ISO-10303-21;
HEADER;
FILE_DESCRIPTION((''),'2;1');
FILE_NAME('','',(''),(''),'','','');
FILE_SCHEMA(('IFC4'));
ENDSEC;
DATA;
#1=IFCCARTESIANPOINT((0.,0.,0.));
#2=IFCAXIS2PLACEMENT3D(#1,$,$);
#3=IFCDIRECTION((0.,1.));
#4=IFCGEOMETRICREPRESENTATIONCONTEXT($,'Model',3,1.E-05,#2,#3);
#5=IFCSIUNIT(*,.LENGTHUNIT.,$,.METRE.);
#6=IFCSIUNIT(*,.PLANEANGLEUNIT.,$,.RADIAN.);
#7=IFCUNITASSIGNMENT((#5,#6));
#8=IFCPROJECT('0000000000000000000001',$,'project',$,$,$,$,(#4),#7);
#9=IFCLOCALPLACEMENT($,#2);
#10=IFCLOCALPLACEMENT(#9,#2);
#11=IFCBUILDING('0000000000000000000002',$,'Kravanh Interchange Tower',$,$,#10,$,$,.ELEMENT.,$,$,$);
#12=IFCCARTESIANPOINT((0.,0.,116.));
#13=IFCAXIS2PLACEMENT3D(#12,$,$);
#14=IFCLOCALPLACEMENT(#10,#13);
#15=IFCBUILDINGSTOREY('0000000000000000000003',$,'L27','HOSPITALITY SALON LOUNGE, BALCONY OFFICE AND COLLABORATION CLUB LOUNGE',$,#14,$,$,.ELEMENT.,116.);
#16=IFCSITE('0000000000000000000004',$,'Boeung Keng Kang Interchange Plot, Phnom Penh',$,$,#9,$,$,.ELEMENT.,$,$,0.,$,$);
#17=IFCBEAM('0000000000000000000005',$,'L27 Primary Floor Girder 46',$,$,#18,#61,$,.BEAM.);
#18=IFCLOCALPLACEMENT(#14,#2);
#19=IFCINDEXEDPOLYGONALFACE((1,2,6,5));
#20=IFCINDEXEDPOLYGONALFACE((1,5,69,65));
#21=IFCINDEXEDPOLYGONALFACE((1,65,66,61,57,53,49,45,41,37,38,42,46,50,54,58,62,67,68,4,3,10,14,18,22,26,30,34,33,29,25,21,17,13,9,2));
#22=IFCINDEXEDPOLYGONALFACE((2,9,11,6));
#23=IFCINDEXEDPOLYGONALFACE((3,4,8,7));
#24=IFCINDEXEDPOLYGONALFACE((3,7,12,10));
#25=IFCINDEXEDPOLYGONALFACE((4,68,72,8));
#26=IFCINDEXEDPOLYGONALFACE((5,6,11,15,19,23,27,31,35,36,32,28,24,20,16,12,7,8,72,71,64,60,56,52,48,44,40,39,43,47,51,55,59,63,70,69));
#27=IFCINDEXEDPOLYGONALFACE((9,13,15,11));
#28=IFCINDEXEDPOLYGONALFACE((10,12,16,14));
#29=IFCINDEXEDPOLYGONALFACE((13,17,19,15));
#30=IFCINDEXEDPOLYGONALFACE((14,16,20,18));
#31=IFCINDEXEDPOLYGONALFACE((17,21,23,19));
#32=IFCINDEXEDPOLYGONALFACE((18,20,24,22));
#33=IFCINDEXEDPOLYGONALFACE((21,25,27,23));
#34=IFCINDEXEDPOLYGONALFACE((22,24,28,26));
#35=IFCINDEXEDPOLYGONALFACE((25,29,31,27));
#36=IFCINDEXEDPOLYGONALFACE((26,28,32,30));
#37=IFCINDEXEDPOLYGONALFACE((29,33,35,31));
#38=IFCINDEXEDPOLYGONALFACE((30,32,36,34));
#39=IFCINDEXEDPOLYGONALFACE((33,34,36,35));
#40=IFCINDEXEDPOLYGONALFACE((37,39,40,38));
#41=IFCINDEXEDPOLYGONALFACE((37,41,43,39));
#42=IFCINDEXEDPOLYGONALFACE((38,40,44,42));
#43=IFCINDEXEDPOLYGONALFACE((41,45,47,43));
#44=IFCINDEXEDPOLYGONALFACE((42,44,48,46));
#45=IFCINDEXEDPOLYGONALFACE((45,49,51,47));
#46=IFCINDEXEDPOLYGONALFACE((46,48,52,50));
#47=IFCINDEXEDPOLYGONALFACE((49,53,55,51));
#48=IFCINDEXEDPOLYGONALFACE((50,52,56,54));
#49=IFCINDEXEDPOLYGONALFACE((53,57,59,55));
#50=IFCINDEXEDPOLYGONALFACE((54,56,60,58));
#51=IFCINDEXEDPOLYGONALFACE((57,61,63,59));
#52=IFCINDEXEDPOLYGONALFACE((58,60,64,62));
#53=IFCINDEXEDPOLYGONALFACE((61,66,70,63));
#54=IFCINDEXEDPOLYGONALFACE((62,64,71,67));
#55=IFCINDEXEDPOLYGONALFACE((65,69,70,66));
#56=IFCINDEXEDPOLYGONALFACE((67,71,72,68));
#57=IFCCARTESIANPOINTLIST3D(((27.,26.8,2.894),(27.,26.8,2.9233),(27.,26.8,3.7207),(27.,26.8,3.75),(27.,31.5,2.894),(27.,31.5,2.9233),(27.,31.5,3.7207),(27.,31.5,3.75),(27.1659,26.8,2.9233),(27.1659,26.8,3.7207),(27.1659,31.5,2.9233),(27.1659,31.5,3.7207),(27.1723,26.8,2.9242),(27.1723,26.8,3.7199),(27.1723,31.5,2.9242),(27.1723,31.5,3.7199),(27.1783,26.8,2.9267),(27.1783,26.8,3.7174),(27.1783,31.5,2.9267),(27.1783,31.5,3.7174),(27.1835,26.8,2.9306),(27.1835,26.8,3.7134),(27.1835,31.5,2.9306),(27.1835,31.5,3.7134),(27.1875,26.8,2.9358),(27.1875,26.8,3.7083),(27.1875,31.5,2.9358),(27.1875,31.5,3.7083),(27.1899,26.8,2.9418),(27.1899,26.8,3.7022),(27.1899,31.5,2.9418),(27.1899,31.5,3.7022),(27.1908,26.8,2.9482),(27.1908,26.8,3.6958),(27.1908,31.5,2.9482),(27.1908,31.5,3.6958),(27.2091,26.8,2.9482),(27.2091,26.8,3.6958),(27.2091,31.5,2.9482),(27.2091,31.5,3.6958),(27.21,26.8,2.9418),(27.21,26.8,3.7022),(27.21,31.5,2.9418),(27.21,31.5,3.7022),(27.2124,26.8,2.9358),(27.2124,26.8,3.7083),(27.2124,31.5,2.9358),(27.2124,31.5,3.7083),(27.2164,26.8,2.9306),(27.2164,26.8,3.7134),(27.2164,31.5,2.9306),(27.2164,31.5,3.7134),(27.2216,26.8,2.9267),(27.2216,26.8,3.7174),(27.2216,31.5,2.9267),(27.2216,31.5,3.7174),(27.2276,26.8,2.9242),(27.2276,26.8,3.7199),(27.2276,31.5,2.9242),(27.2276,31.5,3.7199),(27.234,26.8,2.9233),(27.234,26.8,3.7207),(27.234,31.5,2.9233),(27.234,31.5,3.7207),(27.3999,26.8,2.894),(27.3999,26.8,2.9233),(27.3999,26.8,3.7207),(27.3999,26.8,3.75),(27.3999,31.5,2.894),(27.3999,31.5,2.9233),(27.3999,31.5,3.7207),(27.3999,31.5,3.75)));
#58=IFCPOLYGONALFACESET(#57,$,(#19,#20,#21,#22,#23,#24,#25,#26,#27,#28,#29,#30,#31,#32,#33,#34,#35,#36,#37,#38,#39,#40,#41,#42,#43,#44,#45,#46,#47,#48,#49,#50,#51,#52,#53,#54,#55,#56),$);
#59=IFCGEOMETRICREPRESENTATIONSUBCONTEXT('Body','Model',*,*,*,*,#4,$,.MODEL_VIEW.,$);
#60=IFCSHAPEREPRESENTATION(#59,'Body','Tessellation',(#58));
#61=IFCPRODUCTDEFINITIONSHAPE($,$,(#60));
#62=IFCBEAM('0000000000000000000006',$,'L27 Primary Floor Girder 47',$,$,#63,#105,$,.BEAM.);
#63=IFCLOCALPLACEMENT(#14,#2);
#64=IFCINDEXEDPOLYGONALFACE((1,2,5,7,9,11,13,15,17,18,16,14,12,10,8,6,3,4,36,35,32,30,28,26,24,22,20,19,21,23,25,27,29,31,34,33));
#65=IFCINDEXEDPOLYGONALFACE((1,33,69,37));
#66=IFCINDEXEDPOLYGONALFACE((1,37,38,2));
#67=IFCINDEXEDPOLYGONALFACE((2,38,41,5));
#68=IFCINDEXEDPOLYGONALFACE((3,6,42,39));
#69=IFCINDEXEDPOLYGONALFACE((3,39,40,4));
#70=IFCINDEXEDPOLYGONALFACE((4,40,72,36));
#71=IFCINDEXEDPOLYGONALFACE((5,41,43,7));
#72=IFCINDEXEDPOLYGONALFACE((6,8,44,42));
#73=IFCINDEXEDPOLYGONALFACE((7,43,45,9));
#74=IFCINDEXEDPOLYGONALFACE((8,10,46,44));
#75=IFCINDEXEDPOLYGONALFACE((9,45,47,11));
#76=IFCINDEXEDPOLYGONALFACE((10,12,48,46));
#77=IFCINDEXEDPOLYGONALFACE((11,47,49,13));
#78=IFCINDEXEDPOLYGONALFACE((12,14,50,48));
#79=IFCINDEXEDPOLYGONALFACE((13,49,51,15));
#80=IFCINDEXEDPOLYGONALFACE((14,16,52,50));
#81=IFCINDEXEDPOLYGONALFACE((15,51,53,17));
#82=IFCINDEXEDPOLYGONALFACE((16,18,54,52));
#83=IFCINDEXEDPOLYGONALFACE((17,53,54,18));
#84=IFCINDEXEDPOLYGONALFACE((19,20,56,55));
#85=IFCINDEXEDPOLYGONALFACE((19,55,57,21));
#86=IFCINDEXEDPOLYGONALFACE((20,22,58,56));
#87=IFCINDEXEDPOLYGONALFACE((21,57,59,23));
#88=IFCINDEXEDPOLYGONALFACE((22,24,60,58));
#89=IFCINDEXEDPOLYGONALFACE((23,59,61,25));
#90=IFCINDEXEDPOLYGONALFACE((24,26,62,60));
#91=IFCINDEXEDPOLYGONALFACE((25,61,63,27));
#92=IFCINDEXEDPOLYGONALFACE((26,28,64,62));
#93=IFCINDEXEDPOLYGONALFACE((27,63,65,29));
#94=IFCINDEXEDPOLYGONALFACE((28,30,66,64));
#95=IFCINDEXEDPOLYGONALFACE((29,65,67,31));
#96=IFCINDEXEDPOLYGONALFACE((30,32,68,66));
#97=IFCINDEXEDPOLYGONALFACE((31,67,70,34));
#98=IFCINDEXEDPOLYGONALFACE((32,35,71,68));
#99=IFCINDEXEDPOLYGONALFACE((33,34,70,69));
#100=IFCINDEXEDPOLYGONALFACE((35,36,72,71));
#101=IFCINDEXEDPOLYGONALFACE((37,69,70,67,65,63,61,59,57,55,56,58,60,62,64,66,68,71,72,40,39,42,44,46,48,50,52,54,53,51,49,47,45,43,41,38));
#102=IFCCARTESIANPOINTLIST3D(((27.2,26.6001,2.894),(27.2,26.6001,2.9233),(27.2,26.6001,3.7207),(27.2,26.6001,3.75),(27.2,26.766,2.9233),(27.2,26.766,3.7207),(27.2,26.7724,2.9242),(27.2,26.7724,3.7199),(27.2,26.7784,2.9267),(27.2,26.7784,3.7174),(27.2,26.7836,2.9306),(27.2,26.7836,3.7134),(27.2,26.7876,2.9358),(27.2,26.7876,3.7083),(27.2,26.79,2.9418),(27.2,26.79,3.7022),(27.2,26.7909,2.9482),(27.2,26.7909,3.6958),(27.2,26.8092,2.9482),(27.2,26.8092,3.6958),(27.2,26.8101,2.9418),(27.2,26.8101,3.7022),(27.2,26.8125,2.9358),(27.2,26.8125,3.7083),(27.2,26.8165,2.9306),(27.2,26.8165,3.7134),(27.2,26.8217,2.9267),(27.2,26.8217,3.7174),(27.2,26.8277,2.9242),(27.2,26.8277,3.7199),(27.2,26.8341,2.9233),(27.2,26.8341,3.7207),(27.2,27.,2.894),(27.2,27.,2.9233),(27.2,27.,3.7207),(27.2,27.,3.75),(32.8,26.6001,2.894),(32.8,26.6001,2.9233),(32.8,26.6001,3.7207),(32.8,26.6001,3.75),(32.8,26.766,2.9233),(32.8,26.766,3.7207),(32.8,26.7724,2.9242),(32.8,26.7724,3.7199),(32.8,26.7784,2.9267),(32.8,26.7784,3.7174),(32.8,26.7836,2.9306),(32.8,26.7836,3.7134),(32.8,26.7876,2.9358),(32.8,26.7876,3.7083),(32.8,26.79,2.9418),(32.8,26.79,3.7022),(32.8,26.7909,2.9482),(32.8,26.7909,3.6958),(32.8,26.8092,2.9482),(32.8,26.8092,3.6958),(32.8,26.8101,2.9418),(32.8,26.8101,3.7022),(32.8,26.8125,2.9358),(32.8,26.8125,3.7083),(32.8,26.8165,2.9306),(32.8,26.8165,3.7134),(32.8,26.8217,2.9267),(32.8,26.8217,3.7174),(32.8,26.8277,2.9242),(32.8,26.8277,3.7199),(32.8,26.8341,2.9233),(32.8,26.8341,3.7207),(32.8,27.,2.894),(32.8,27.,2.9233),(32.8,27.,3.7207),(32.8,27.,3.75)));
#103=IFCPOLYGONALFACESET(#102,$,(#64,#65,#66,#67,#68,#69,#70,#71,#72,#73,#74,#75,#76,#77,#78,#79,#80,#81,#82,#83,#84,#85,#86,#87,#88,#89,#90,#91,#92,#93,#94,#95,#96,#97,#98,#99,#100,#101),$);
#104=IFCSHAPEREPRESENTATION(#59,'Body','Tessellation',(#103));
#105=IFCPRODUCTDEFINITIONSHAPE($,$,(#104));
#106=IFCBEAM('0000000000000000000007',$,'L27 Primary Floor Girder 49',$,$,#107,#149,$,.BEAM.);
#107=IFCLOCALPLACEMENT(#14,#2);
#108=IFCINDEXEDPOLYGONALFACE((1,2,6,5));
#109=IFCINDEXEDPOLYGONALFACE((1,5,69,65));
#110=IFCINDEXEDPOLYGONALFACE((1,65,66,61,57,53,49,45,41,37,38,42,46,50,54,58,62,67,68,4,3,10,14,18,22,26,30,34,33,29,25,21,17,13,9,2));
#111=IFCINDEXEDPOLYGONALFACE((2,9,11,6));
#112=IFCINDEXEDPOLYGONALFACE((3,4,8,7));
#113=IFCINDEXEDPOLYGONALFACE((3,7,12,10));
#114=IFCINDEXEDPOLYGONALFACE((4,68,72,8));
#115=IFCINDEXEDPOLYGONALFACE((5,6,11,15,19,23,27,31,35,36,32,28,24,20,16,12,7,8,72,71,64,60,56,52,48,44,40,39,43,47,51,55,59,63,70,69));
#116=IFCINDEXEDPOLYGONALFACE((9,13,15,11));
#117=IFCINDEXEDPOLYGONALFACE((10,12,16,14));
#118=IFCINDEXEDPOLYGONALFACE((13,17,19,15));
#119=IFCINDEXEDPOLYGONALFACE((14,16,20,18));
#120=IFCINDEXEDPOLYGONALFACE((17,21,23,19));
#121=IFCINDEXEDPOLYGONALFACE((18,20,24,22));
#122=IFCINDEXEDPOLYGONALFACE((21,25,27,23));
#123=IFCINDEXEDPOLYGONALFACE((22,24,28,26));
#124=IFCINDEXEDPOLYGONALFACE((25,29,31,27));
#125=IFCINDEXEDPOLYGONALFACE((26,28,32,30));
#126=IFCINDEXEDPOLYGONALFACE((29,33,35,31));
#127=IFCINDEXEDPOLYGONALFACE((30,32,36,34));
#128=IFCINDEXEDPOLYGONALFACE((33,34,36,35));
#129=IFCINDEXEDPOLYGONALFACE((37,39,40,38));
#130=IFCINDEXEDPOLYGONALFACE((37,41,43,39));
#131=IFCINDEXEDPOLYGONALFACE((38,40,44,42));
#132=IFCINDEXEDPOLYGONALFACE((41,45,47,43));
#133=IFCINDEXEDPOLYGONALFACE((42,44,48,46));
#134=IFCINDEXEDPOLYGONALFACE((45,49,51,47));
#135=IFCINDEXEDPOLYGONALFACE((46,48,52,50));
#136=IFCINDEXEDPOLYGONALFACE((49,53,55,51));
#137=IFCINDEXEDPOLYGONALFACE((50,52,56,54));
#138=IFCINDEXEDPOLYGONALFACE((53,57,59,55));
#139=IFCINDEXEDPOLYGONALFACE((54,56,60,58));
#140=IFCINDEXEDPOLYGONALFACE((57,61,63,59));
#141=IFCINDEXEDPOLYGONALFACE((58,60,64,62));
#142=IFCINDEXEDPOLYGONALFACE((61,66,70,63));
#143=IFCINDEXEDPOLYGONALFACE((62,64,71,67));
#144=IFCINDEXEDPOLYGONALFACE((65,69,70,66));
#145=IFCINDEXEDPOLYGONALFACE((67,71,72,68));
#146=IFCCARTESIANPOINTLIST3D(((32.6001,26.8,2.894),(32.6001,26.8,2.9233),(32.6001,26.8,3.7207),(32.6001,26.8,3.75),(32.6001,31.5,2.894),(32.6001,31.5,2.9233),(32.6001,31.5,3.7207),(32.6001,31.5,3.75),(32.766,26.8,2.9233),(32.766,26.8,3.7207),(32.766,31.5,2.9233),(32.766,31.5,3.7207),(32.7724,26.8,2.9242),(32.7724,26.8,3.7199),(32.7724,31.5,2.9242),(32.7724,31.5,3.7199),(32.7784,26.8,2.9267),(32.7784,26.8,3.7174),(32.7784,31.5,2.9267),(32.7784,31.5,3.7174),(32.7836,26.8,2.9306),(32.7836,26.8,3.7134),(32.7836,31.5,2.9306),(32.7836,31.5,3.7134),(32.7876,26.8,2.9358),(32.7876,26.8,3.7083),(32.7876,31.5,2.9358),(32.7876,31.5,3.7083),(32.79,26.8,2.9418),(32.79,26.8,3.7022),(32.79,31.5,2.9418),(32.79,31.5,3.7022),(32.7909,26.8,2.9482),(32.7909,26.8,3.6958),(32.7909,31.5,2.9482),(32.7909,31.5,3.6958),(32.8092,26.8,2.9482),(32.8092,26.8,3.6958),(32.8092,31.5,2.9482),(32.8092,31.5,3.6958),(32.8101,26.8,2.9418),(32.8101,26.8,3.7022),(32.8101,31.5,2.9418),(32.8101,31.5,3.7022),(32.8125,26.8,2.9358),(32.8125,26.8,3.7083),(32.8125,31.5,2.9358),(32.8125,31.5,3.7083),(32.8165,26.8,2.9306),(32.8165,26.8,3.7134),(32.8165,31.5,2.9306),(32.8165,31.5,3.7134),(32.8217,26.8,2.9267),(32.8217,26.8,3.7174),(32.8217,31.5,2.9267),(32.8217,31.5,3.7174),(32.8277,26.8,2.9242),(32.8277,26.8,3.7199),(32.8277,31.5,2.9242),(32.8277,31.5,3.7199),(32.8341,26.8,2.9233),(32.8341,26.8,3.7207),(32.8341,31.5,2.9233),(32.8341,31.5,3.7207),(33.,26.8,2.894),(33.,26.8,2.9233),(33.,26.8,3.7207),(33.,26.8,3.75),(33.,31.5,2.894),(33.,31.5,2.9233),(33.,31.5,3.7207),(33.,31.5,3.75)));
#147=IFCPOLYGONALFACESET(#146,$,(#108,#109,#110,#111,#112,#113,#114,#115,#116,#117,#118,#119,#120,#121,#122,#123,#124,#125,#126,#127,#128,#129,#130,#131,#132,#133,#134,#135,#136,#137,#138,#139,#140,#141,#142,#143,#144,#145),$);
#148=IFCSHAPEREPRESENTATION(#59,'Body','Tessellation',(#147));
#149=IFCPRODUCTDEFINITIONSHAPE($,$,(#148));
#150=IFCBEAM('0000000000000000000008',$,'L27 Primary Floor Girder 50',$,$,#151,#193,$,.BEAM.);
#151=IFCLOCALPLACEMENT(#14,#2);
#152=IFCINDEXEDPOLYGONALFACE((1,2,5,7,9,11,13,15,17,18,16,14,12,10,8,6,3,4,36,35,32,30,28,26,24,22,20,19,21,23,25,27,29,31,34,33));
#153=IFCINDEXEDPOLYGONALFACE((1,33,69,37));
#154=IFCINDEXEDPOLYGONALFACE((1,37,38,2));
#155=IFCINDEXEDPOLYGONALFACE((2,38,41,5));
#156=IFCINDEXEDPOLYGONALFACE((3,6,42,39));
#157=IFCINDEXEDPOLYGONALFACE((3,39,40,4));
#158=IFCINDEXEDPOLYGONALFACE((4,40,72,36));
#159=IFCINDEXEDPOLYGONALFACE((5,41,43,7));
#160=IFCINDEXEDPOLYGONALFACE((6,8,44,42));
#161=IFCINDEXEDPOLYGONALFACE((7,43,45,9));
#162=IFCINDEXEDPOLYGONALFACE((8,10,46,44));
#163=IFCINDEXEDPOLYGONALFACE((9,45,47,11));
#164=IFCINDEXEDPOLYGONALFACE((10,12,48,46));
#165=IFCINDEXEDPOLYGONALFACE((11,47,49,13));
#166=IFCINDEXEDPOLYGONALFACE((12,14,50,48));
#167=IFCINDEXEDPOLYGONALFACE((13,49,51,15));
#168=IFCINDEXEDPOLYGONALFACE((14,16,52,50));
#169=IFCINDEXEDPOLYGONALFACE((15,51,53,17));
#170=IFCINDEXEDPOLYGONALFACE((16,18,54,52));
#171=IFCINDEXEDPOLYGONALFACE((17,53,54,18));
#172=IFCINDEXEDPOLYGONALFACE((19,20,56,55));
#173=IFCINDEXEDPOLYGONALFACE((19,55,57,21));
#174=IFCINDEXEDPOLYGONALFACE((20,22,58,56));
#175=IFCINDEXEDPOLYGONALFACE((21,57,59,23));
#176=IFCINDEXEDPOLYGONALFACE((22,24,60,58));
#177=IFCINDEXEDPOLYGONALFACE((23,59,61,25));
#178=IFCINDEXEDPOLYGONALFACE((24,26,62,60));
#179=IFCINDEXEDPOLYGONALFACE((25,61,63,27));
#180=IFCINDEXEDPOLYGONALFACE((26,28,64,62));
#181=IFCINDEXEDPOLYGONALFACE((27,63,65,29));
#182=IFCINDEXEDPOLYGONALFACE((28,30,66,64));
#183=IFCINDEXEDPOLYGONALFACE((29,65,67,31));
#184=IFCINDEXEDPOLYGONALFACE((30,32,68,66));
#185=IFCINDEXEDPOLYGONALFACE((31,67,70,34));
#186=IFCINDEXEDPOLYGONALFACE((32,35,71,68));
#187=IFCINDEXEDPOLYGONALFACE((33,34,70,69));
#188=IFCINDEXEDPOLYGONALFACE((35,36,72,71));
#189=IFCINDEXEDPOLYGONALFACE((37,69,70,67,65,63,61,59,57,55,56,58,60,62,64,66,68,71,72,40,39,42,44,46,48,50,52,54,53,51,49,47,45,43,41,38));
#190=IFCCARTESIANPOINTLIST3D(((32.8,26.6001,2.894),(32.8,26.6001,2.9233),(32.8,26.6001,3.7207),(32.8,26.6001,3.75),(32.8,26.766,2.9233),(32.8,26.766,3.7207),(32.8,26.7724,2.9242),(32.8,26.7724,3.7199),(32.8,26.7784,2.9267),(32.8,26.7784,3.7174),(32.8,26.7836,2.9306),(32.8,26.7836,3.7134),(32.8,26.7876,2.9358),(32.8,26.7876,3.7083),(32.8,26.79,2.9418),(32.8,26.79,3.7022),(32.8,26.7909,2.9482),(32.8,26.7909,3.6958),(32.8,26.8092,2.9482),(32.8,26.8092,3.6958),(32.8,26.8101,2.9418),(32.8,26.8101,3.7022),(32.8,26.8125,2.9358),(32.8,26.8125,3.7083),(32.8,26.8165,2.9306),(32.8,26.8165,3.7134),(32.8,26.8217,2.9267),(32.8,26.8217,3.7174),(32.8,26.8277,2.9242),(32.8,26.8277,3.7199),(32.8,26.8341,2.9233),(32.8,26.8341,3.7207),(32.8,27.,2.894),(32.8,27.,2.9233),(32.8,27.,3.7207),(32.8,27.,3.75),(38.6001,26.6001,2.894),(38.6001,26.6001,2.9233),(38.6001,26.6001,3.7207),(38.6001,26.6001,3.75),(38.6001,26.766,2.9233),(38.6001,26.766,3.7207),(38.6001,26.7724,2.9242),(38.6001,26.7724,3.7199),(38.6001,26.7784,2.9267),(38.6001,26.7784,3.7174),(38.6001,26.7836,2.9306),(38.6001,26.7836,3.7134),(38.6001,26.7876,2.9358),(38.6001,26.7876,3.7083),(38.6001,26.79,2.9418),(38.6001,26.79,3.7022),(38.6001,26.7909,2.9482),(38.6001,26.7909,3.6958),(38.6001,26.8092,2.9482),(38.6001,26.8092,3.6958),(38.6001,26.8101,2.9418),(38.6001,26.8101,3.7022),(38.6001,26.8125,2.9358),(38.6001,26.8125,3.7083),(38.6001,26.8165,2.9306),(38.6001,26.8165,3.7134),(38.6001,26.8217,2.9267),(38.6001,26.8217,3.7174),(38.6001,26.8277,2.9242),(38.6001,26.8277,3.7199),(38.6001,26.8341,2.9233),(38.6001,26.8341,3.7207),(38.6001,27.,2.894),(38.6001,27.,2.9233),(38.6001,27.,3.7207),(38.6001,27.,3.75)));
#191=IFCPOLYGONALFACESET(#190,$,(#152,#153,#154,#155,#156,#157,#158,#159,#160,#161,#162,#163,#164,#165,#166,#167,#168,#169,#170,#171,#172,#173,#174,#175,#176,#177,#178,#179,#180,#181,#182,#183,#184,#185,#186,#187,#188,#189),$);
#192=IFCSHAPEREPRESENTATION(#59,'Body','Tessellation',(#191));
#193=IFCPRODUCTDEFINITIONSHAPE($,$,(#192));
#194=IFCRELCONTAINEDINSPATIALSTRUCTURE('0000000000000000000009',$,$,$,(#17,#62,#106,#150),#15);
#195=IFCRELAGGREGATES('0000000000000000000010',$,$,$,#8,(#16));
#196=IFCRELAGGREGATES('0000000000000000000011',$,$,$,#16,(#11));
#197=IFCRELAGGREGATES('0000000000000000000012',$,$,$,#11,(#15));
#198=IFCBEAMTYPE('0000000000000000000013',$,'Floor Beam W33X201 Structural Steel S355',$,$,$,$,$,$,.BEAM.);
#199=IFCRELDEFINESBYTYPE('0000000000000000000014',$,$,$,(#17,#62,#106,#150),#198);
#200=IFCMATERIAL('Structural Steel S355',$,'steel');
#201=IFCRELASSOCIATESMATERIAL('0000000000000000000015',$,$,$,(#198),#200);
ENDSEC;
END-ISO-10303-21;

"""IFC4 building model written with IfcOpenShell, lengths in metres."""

from ifc_helpers import new_model, si_unit, direction, frame, origin, origin_2d, place, context, subcontext, project, spatial, i_section, extrude, material, material_profile, profile_set, type_object, element, save


model = new_model("IFC4")

# Units and contexts
model_context = context("Model", 3, precision=1e-05, world=origin(), true_north=direction((0.0, 1.0)))
body_context = subcontext(model_context, "Body", "Model", "MODEL_VIEW")
ifc_project = project(units=[si_unit("LENGTHUNIT", "METRE"), si_unit("PLANEANGLEUNIT", "RADIAN")], contexts=[model_context])

# Site, building, storey
site_placement = place(None, origin())
site = spatial("IfcSite", under=ifc_project, at=site_placement, Name="Boeung Keng Kang Interchange Plot, Phnom Penh", CompositionType="ELEMENT", RefElevation=0.0)
building_placement = place(site_placement, origin())
building = spatial("IfcBuilding", under=site, at=building_placement, Name="Kravanh Interchange Tower", CompositionType="ELEMENT")
storey_placement = place(building_placement, frame((0.0, 0.0, 116.0)))
storey = spatial("IfcBuildingStorey", under=building, at=storey_placement, Name="L27", Description="HOSPITALITY SALON LOUNGE, BALCONY OFFICE AND COLLABORATION CLUB LOUNGE", CompositionType="ELEMENT", Elevation=116.0)

# Beams
ifc_material_1 = material(Name="Structural Steel S355", Category="steel")
ifc_material_profile_1 = material_profile(ifc_material_1, i_section(OverallWidth=0.3999, OverallDepth=0.856, WebThickness=0.0183, FlangeThickness=0.0293, FilletRadius=0.0249, at=origin_2d()), Name="W33X201")
ifc_profile_set_1 = profile_set([ifc_material_profile_1], Name="Structural Steel S355")
beam_type_1 = type_object("IfcBeamType", Name="Floor Beam W33X201 Structural Steel S355", PredefinedType="BEAM", material=ifc_profile_set_1)
beam_1_placement = place(storey_placement, frame((27.2, 26.8, 3.322), z_axis=(0.0, 1.0, 0.0), x_axis=(-1.0, 0.0, 0.0)))
element("IfcBeam", 1, at=beam_1_placement, inside=storey, type_object=beam_type_1, Name="L27 Primary Floor Girder 46", PredefinedType="BEAM", context=body_context, shape_type="SweptSolid", body=[
    extrude(i_section(OverallWidth=0.3999, OverallDepth=0.856, WebThickness=0.0183, FlangeThickness=0.0293, FilletRadius=0.0249, at=origin_2d()), origin(), (0.0, 0.0, 1.0), 4.7),
])
beam_2_placement = place(storey_placement, frame((27.2, 26.8, 3.322), z_axis=(1.0, 0.0, 0.0), x_axis=(0.0, 1.0, 0.0)))
element("IfcBeam", 2, at=beam_2_placement, inside=storey, type_object=beam_type_1, Name="L27 Primary Floor Girder 47", PredefinedType="BEAM", context=body_context, shape_type="SweptSolid", body=[
    extrude(i_section(OverallWidth=0.3999, OverallDepth=0.856, WebThickness=0.0183, FlangeThickness=0.0293, FilletRadius=0.0249, at=origin_2d()), origin(), (0.0, 0.0, 1.0), 5.6001),
])
beam_3_placement = place(storey_placement, frame((32.8, 26.8, 3.322), z_axis=(0.0, 1.0, 0.0), x_axis=(-1.0, 0.0, 0.0)))
element("IfcBeam", 3, at=beam_3_placement, inside=storey, type_object=beam_type_1, Name="L27 Primary Floor Girder 49", PredefinedType="BEAM", context=body_context, shape_type="SweptSolid", body=[
    extrude(i_section(OverallWidth=0.3999, OverallDepth=0.856, WebThickness=0.0183, FlangeThickness=0.0293, FilletRadius=0.0249, at=origin_2d()), origin(), (0.0, 0.0, 1.0), 4.7),
])
beam_4_placement = place(storey_placement, frame((32.8, 26.8, 3.322), z_axis=(1.0, 0.0, 0.0), x_axis=(0.0, 1.0, 0.0)))
element("IfcBeam", 4, at=beam_4_placement, inside=storey, type_object=beam_type_1, Name="L27 Primary Floor Girder 50", PredefinedType="BEAM", context=body_context, shape_type="SweptSolid", body=[
    extrude(i_section(OverallWidth=0.3999, OverallDepth=0.856, WebThickness=0.0183, FlangeThickness=0.0293, FilletRadius=0.0249, at=origin_2d()), origin(), (0.0, 0.0, 1.0), 5.8),
])

save(model, "model.ifc")
